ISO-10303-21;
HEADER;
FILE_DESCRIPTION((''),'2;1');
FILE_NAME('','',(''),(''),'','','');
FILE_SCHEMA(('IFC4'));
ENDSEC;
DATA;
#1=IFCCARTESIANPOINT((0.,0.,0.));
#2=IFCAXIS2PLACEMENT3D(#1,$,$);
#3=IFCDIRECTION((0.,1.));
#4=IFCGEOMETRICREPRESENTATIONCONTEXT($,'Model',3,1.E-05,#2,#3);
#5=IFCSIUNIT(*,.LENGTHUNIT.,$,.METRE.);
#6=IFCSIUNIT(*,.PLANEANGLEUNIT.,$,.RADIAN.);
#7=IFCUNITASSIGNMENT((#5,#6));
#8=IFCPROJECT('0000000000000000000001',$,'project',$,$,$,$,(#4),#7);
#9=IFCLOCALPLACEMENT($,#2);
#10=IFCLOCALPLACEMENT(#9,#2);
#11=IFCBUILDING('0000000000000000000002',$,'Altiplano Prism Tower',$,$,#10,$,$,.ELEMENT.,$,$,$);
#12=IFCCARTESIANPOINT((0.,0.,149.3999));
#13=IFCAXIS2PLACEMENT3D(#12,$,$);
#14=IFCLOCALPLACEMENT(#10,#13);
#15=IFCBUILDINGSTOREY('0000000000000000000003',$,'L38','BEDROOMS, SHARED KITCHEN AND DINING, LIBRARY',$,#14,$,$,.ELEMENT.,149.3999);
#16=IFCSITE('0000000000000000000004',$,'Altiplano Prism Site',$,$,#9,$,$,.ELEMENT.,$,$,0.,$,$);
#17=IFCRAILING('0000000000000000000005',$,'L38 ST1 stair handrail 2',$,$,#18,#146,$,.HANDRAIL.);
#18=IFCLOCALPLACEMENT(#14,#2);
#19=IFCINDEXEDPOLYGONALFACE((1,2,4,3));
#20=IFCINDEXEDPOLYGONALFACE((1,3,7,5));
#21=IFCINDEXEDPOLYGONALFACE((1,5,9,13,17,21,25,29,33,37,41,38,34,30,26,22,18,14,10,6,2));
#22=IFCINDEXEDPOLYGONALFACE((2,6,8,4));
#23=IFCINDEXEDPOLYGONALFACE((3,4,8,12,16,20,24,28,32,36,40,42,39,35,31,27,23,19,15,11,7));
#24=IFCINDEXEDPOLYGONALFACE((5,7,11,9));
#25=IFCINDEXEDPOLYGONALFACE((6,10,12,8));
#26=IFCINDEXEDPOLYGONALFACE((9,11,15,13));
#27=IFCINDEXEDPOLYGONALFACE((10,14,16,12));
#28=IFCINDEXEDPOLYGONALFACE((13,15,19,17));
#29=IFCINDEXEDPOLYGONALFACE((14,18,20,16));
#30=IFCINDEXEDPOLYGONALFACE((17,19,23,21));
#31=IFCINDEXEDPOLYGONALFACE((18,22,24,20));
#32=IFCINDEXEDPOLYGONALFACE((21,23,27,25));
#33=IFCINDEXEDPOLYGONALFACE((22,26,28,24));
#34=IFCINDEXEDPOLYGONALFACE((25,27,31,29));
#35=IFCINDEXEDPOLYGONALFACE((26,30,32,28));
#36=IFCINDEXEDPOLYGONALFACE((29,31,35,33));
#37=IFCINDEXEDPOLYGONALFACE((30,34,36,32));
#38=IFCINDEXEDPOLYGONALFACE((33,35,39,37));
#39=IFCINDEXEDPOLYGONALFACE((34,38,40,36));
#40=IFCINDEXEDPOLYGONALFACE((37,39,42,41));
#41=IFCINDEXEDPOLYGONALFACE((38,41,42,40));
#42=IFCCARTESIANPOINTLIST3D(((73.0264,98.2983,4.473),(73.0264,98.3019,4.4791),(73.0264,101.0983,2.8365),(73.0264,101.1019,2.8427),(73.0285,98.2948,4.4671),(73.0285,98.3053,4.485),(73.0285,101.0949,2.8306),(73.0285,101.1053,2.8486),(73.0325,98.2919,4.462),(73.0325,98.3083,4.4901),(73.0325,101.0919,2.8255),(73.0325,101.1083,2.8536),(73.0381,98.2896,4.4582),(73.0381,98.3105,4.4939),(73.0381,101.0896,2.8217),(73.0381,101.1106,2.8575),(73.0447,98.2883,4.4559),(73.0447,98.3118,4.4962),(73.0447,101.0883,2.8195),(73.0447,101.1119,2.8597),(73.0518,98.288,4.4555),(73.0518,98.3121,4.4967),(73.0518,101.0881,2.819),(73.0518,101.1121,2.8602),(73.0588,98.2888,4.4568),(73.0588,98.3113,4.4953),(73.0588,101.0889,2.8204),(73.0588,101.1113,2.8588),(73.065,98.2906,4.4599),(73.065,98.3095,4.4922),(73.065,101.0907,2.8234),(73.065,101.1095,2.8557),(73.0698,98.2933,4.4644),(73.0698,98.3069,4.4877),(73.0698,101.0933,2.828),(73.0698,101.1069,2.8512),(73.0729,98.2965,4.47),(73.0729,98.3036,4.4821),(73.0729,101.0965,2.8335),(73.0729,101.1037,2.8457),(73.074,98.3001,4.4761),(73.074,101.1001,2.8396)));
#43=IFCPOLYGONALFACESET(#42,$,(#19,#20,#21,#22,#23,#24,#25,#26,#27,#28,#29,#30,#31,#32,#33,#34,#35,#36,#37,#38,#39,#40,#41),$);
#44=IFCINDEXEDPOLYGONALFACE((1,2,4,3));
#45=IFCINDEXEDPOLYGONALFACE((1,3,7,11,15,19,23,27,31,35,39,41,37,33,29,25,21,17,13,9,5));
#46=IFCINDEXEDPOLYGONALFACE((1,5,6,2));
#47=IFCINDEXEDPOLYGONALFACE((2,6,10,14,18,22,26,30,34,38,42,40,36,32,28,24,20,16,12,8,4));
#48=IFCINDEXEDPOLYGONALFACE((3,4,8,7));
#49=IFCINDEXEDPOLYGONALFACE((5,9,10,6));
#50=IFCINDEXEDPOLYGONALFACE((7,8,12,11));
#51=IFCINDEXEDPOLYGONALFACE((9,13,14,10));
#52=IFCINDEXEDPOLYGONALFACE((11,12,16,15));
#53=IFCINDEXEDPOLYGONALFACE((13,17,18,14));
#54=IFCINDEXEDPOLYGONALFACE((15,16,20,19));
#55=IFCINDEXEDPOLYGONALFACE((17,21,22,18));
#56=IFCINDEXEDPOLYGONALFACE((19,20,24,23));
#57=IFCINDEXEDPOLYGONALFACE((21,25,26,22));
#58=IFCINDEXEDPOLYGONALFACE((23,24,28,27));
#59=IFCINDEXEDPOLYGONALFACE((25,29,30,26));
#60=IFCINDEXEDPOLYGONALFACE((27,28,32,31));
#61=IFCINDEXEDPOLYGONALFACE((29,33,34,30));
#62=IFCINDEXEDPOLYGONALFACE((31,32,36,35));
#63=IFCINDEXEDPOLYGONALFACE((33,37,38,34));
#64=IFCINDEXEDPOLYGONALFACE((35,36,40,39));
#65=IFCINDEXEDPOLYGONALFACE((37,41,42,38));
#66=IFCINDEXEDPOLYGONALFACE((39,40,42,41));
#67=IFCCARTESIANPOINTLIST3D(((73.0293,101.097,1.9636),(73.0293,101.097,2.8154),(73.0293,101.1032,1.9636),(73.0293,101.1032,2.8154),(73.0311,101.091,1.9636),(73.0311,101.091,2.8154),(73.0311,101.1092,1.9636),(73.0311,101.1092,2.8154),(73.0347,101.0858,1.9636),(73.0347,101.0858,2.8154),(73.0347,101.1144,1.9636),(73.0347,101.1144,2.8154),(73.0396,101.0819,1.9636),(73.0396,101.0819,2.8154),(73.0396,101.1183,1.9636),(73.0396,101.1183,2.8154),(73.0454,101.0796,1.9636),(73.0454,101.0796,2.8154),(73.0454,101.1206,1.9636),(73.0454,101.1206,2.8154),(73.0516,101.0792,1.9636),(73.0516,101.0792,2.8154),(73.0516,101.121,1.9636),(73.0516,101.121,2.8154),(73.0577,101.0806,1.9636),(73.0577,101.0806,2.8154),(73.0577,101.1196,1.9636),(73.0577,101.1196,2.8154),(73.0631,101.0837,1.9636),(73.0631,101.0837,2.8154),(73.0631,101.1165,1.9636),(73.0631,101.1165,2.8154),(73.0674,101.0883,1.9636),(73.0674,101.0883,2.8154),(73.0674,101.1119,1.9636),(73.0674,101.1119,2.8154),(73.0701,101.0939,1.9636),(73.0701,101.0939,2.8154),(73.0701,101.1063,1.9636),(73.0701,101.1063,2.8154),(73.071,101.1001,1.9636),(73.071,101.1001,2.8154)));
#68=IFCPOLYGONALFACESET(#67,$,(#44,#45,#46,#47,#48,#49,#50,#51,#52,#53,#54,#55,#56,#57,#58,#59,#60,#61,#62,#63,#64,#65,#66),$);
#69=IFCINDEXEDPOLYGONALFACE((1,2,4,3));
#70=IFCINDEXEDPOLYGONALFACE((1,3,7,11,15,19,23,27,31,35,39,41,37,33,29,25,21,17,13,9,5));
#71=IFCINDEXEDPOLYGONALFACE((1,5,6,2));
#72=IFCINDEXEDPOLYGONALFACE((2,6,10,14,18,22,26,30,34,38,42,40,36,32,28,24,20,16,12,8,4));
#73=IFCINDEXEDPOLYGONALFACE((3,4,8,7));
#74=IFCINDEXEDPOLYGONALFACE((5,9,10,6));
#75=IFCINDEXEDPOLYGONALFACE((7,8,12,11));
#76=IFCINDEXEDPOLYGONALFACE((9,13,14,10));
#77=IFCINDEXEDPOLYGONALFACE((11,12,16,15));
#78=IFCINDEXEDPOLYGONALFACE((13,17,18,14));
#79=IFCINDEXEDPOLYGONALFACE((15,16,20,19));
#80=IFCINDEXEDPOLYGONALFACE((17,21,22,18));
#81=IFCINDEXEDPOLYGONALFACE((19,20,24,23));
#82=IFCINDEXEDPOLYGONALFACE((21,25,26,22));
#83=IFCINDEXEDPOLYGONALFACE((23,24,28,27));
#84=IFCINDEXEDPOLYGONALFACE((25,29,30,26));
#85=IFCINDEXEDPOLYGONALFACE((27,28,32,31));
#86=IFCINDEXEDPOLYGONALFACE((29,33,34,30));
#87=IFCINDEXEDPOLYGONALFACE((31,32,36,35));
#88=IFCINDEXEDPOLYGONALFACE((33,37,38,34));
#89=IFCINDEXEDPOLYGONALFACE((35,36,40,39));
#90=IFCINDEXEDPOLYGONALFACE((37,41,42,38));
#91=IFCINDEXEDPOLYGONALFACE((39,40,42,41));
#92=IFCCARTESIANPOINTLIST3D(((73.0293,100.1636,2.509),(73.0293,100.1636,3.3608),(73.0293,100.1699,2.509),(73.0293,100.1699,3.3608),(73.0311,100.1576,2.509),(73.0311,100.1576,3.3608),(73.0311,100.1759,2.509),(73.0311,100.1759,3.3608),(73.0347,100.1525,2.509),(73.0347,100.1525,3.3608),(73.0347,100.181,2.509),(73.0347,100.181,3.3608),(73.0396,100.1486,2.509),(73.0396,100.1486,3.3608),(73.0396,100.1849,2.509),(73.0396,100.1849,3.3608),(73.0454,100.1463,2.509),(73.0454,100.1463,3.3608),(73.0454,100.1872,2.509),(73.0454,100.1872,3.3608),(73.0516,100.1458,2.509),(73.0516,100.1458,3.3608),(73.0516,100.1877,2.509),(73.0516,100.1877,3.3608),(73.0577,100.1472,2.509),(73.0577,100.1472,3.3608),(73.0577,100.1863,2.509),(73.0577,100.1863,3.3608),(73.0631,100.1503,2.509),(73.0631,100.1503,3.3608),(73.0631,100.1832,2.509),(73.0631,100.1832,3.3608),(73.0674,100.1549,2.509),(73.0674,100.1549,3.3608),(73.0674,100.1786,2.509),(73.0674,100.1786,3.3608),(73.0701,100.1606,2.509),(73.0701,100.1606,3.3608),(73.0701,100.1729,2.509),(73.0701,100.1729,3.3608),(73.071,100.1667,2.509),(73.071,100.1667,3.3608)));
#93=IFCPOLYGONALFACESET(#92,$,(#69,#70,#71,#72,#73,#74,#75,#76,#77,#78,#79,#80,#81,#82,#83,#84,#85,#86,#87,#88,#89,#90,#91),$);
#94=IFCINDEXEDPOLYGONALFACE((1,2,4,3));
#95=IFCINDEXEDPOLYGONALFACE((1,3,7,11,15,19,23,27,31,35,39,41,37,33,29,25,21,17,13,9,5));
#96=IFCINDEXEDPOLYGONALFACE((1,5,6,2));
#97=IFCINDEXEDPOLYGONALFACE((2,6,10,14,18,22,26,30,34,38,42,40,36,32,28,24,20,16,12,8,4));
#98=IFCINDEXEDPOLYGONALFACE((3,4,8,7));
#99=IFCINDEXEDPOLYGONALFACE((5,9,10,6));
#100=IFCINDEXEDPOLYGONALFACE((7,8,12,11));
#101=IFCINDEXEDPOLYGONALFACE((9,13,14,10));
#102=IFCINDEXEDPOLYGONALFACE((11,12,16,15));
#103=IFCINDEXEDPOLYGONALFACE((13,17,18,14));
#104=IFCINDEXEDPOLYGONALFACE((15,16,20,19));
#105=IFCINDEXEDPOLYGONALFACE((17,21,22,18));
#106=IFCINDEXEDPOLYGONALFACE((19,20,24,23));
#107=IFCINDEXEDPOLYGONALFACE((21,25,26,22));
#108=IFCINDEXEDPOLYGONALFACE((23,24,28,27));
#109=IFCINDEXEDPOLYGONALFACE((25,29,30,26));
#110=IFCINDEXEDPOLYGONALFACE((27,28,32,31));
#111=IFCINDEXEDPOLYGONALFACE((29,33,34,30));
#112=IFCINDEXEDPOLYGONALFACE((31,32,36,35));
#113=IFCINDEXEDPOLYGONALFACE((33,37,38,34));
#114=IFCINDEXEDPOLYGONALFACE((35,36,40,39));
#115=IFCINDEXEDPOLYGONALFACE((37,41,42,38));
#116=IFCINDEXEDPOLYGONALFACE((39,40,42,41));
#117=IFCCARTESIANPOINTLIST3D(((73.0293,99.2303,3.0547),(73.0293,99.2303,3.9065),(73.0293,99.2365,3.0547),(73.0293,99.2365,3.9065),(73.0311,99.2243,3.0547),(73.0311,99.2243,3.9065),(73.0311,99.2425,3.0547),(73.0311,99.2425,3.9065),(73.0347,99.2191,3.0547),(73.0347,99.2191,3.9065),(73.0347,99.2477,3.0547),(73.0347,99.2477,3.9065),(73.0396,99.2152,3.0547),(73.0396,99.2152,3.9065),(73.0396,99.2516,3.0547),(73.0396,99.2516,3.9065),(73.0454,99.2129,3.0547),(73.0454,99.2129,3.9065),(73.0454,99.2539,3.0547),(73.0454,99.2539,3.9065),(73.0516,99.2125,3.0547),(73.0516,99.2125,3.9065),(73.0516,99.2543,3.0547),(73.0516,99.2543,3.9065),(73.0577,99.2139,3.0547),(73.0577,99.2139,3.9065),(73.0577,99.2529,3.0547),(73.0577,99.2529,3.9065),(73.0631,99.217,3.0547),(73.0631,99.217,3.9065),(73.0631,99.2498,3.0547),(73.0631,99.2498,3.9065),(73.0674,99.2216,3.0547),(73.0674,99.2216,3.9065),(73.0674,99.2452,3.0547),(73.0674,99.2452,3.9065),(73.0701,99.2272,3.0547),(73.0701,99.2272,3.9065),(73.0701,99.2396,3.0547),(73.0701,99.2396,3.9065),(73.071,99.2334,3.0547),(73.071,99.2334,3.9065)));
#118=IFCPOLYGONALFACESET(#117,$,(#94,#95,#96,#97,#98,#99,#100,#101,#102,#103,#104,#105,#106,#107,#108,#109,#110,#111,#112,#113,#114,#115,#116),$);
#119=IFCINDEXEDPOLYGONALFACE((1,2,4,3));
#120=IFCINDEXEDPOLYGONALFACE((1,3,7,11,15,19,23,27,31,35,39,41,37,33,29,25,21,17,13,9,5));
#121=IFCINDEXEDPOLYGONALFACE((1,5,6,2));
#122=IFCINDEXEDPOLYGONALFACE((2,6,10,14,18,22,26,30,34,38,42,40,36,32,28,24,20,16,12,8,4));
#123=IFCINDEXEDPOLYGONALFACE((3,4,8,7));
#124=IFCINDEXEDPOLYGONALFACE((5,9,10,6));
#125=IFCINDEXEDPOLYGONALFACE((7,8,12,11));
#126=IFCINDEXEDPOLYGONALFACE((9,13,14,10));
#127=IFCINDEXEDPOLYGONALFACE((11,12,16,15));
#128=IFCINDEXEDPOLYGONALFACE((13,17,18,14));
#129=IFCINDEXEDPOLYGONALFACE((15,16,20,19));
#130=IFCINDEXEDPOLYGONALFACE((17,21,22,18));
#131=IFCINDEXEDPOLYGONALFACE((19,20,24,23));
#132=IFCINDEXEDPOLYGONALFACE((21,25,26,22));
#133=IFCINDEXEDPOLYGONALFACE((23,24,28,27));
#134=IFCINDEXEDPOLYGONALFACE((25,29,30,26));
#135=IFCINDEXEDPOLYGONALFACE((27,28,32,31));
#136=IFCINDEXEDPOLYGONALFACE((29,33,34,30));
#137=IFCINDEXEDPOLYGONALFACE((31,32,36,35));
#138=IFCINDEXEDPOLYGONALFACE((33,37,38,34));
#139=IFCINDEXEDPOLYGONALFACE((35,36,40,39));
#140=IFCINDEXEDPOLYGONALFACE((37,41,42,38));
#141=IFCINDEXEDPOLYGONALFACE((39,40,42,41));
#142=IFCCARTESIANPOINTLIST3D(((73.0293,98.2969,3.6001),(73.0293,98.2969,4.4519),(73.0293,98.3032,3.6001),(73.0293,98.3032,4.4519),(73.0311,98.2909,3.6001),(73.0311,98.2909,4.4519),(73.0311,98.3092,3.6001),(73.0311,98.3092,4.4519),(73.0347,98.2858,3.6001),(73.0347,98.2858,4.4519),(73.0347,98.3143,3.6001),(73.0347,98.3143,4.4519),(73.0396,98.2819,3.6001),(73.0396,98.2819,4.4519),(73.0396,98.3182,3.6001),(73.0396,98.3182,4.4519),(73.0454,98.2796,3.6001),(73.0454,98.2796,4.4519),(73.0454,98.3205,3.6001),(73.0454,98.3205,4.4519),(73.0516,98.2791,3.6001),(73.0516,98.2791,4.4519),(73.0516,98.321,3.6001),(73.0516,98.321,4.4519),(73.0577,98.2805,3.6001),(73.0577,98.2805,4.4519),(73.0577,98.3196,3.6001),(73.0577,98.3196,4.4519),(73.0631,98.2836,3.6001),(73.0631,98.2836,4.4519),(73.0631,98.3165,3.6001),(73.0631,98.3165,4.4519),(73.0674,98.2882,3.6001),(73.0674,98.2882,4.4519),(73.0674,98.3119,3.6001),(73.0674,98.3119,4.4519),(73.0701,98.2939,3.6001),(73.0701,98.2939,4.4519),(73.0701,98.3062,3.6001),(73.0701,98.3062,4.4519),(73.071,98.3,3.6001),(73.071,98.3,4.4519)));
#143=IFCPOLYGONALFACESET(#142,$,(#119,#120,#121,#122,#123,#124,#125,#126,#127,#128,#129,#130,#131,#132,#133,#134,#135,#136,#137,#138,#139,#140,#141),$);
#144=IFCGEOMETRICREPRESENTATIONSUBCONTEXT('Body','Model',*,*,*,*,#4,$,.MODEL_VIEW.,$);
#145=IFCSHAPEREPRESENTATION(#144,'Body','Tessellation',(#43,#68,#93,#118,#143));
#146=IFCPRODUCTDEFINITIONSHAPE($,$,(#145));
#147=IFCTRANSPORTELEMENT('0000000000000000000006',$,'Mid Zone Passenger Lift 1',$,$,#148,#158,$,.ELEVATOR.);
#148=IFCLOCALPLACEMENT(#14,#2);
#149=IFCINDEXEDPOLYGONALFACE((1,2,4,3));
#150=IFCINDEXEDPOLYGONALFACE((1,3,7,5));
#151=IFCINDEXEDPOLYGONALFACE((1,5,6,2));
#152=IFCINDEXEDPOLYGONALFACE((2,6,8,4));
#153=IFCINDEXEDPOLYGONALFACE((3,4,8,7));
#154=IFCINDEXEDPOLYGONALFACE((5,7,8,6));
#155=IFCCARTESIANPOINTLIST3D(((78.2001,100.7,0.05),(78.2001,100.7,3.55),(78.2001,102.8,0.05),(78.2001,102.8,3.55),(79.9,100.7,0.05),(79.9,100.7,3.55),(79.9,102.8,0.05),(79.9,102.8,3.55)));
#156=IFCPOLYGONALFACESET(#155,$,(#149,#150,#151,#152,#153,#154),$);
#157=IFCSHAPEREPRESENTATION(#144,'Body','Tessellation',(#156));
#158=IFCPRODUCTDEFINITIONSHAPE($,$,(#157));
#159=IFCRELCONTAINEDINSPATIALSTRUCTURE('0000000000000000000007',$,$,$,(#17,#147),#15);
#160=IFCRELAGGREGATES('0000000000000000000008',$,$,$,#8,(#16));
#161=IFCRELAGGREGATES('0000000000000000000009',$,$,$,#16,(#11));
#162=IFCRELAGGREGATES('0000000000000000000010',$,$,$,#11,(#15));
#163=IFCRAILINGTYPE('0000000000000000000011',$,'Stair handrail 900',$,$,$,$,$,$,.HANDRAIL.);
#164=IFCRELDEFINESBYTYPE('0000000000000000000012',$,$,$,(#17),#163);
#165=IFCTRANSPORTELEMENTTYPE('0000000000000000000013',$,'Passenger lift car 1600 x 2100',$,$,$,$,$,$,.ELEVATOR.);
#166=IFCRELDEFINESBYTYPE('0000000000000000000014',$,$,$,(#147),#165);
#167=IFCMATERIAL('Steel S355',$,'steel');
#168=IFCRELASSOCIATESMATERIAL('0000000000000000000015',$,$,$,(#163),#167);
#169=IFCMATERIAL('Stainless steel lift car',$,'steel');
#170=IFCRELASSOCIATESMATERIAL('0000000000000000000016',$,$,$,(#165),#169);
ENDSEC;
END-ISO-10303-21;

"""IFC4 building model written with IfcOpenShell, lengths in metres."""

from ifc_helpers import new_model, si_unit, direction, frame, origin, origin_2d, place, context, subcontext, project, spatial, rectangle, circle, extrude, material, type_object, element, save


model = new_model("IFC4")

# Units and contexts
model_context = context("Model", 3, precision=1e-05, world=origin(), true_north=direction((0.0, 1.0)))
body_context = subcontext(model_context, "Body", "Model", "MODEL_VIEW")
ifc_project = project(units=[si_unit("LENGTHUNIT", "METRE"), si_unit("PLANEANGLEUNIT", "RADIAN")], contexts=[model_context])

# Site, building, storey
site_placement = place(None, origin())
site = spatial("IfcSite", under=ifc_project, at=site_placement, Name="Altiplano Prism Site", CompositionType="ELEMENT", RefElevation=0.0)
building_placement = place(site_placement, origin())
building = spatial("IfcBuilding", under=site, at=building_placement, Name="Altiplano Prism Tower", CompositionType="ELEMENT")
storey_placement = place(building_placement, frame((0.0, 0.0, 149.3999)))
storey = spatial("IfcBuildingStorey", under=building, at=storey_placement, Name="L38", Description="BEDROOMS, SHARED KITCHEN AND DINING, LIBRARY", CompositionType="ELEMENT", Elevation=149.3999)

# Railing
ifc_material_1 = material(Name="Steel S355", Category="steel")
railing_type = type_object("IfcRailingType", Name="Stair handrail 900", PredefinedType="HANDRAIL", material=ifc_material_1)
railing_placement = place(storey_placement, frame((73.05, 101.1001, 1.9636)))
element("IfcRailing", 1, at=railing_placement, inside=storey, type_object=railing_type, Name="L38 ST1 stair handrail 2", PredefinedType="HANDRAIL", context=body_context, shape_type="SweptSolid", body=[
    extrude(circle(Radius=0.0239, at=origin_2d()), frame((0.0, 0.0, 0.876), z_axis=(0.0, -0.863361, 0.504587), x_axis=(1.0, 0.0, 0.0)), (0.0, 0.0, 1.0), 3.2432),
    extrude(circle(Radius=0.021, at=origin_2d()), origin(), (0.0, 0.0, 1.0), 0.8518),
    extrude(circle(Radius=0.021, at=origin_2d()), frame((0.0, -0.9333, 0.5454)), (0.0, 0.0, 1.0), 0.8518),
    extrude(circle(Radius=0.021, at=origin_2d()), frame((0.0, -1.8667, 1.0911)), (0.0, 0.0, 1.0), 0.8518),
    extrude(circle(Radius=0.021, at=origin_2d()), frame((0.0, -2.8, 1.6365)), (0.0, 0.0, 1.0), 0.8518),
])

# Transport element
ifc_material_2 = material(Name="Stainless steel lift car", Category="steel")
transport_element_type = type_object("IfcTransportElementType", Name="Passenger lift car 1600 x 2100", PredefinedType="ELEVATOR", material=ifc_material_2)
transport_element_placement = place(storey_placement, frame((79.05, 101.75, 0.05), z_axis=(0.0, 0.0, 1.0), x_axis=(1.0, 0.0, 0.0)))
element("IfcTransportElement", 2, at=transport_element_placement, inside=storey, type_object=transport_element_type, Name="Mid Zone Passenger Lift 1", PredefinedType="ELEVATOR", context=body_context, shape_type="SweptSolid", body=[
    extrude(rectangle(XDim=1.7, YDim=2.1001, at=origin_2d()), origin(), (0.0, 0.0, 1.0), 3.5),
])

save(model, "model.ifc")
